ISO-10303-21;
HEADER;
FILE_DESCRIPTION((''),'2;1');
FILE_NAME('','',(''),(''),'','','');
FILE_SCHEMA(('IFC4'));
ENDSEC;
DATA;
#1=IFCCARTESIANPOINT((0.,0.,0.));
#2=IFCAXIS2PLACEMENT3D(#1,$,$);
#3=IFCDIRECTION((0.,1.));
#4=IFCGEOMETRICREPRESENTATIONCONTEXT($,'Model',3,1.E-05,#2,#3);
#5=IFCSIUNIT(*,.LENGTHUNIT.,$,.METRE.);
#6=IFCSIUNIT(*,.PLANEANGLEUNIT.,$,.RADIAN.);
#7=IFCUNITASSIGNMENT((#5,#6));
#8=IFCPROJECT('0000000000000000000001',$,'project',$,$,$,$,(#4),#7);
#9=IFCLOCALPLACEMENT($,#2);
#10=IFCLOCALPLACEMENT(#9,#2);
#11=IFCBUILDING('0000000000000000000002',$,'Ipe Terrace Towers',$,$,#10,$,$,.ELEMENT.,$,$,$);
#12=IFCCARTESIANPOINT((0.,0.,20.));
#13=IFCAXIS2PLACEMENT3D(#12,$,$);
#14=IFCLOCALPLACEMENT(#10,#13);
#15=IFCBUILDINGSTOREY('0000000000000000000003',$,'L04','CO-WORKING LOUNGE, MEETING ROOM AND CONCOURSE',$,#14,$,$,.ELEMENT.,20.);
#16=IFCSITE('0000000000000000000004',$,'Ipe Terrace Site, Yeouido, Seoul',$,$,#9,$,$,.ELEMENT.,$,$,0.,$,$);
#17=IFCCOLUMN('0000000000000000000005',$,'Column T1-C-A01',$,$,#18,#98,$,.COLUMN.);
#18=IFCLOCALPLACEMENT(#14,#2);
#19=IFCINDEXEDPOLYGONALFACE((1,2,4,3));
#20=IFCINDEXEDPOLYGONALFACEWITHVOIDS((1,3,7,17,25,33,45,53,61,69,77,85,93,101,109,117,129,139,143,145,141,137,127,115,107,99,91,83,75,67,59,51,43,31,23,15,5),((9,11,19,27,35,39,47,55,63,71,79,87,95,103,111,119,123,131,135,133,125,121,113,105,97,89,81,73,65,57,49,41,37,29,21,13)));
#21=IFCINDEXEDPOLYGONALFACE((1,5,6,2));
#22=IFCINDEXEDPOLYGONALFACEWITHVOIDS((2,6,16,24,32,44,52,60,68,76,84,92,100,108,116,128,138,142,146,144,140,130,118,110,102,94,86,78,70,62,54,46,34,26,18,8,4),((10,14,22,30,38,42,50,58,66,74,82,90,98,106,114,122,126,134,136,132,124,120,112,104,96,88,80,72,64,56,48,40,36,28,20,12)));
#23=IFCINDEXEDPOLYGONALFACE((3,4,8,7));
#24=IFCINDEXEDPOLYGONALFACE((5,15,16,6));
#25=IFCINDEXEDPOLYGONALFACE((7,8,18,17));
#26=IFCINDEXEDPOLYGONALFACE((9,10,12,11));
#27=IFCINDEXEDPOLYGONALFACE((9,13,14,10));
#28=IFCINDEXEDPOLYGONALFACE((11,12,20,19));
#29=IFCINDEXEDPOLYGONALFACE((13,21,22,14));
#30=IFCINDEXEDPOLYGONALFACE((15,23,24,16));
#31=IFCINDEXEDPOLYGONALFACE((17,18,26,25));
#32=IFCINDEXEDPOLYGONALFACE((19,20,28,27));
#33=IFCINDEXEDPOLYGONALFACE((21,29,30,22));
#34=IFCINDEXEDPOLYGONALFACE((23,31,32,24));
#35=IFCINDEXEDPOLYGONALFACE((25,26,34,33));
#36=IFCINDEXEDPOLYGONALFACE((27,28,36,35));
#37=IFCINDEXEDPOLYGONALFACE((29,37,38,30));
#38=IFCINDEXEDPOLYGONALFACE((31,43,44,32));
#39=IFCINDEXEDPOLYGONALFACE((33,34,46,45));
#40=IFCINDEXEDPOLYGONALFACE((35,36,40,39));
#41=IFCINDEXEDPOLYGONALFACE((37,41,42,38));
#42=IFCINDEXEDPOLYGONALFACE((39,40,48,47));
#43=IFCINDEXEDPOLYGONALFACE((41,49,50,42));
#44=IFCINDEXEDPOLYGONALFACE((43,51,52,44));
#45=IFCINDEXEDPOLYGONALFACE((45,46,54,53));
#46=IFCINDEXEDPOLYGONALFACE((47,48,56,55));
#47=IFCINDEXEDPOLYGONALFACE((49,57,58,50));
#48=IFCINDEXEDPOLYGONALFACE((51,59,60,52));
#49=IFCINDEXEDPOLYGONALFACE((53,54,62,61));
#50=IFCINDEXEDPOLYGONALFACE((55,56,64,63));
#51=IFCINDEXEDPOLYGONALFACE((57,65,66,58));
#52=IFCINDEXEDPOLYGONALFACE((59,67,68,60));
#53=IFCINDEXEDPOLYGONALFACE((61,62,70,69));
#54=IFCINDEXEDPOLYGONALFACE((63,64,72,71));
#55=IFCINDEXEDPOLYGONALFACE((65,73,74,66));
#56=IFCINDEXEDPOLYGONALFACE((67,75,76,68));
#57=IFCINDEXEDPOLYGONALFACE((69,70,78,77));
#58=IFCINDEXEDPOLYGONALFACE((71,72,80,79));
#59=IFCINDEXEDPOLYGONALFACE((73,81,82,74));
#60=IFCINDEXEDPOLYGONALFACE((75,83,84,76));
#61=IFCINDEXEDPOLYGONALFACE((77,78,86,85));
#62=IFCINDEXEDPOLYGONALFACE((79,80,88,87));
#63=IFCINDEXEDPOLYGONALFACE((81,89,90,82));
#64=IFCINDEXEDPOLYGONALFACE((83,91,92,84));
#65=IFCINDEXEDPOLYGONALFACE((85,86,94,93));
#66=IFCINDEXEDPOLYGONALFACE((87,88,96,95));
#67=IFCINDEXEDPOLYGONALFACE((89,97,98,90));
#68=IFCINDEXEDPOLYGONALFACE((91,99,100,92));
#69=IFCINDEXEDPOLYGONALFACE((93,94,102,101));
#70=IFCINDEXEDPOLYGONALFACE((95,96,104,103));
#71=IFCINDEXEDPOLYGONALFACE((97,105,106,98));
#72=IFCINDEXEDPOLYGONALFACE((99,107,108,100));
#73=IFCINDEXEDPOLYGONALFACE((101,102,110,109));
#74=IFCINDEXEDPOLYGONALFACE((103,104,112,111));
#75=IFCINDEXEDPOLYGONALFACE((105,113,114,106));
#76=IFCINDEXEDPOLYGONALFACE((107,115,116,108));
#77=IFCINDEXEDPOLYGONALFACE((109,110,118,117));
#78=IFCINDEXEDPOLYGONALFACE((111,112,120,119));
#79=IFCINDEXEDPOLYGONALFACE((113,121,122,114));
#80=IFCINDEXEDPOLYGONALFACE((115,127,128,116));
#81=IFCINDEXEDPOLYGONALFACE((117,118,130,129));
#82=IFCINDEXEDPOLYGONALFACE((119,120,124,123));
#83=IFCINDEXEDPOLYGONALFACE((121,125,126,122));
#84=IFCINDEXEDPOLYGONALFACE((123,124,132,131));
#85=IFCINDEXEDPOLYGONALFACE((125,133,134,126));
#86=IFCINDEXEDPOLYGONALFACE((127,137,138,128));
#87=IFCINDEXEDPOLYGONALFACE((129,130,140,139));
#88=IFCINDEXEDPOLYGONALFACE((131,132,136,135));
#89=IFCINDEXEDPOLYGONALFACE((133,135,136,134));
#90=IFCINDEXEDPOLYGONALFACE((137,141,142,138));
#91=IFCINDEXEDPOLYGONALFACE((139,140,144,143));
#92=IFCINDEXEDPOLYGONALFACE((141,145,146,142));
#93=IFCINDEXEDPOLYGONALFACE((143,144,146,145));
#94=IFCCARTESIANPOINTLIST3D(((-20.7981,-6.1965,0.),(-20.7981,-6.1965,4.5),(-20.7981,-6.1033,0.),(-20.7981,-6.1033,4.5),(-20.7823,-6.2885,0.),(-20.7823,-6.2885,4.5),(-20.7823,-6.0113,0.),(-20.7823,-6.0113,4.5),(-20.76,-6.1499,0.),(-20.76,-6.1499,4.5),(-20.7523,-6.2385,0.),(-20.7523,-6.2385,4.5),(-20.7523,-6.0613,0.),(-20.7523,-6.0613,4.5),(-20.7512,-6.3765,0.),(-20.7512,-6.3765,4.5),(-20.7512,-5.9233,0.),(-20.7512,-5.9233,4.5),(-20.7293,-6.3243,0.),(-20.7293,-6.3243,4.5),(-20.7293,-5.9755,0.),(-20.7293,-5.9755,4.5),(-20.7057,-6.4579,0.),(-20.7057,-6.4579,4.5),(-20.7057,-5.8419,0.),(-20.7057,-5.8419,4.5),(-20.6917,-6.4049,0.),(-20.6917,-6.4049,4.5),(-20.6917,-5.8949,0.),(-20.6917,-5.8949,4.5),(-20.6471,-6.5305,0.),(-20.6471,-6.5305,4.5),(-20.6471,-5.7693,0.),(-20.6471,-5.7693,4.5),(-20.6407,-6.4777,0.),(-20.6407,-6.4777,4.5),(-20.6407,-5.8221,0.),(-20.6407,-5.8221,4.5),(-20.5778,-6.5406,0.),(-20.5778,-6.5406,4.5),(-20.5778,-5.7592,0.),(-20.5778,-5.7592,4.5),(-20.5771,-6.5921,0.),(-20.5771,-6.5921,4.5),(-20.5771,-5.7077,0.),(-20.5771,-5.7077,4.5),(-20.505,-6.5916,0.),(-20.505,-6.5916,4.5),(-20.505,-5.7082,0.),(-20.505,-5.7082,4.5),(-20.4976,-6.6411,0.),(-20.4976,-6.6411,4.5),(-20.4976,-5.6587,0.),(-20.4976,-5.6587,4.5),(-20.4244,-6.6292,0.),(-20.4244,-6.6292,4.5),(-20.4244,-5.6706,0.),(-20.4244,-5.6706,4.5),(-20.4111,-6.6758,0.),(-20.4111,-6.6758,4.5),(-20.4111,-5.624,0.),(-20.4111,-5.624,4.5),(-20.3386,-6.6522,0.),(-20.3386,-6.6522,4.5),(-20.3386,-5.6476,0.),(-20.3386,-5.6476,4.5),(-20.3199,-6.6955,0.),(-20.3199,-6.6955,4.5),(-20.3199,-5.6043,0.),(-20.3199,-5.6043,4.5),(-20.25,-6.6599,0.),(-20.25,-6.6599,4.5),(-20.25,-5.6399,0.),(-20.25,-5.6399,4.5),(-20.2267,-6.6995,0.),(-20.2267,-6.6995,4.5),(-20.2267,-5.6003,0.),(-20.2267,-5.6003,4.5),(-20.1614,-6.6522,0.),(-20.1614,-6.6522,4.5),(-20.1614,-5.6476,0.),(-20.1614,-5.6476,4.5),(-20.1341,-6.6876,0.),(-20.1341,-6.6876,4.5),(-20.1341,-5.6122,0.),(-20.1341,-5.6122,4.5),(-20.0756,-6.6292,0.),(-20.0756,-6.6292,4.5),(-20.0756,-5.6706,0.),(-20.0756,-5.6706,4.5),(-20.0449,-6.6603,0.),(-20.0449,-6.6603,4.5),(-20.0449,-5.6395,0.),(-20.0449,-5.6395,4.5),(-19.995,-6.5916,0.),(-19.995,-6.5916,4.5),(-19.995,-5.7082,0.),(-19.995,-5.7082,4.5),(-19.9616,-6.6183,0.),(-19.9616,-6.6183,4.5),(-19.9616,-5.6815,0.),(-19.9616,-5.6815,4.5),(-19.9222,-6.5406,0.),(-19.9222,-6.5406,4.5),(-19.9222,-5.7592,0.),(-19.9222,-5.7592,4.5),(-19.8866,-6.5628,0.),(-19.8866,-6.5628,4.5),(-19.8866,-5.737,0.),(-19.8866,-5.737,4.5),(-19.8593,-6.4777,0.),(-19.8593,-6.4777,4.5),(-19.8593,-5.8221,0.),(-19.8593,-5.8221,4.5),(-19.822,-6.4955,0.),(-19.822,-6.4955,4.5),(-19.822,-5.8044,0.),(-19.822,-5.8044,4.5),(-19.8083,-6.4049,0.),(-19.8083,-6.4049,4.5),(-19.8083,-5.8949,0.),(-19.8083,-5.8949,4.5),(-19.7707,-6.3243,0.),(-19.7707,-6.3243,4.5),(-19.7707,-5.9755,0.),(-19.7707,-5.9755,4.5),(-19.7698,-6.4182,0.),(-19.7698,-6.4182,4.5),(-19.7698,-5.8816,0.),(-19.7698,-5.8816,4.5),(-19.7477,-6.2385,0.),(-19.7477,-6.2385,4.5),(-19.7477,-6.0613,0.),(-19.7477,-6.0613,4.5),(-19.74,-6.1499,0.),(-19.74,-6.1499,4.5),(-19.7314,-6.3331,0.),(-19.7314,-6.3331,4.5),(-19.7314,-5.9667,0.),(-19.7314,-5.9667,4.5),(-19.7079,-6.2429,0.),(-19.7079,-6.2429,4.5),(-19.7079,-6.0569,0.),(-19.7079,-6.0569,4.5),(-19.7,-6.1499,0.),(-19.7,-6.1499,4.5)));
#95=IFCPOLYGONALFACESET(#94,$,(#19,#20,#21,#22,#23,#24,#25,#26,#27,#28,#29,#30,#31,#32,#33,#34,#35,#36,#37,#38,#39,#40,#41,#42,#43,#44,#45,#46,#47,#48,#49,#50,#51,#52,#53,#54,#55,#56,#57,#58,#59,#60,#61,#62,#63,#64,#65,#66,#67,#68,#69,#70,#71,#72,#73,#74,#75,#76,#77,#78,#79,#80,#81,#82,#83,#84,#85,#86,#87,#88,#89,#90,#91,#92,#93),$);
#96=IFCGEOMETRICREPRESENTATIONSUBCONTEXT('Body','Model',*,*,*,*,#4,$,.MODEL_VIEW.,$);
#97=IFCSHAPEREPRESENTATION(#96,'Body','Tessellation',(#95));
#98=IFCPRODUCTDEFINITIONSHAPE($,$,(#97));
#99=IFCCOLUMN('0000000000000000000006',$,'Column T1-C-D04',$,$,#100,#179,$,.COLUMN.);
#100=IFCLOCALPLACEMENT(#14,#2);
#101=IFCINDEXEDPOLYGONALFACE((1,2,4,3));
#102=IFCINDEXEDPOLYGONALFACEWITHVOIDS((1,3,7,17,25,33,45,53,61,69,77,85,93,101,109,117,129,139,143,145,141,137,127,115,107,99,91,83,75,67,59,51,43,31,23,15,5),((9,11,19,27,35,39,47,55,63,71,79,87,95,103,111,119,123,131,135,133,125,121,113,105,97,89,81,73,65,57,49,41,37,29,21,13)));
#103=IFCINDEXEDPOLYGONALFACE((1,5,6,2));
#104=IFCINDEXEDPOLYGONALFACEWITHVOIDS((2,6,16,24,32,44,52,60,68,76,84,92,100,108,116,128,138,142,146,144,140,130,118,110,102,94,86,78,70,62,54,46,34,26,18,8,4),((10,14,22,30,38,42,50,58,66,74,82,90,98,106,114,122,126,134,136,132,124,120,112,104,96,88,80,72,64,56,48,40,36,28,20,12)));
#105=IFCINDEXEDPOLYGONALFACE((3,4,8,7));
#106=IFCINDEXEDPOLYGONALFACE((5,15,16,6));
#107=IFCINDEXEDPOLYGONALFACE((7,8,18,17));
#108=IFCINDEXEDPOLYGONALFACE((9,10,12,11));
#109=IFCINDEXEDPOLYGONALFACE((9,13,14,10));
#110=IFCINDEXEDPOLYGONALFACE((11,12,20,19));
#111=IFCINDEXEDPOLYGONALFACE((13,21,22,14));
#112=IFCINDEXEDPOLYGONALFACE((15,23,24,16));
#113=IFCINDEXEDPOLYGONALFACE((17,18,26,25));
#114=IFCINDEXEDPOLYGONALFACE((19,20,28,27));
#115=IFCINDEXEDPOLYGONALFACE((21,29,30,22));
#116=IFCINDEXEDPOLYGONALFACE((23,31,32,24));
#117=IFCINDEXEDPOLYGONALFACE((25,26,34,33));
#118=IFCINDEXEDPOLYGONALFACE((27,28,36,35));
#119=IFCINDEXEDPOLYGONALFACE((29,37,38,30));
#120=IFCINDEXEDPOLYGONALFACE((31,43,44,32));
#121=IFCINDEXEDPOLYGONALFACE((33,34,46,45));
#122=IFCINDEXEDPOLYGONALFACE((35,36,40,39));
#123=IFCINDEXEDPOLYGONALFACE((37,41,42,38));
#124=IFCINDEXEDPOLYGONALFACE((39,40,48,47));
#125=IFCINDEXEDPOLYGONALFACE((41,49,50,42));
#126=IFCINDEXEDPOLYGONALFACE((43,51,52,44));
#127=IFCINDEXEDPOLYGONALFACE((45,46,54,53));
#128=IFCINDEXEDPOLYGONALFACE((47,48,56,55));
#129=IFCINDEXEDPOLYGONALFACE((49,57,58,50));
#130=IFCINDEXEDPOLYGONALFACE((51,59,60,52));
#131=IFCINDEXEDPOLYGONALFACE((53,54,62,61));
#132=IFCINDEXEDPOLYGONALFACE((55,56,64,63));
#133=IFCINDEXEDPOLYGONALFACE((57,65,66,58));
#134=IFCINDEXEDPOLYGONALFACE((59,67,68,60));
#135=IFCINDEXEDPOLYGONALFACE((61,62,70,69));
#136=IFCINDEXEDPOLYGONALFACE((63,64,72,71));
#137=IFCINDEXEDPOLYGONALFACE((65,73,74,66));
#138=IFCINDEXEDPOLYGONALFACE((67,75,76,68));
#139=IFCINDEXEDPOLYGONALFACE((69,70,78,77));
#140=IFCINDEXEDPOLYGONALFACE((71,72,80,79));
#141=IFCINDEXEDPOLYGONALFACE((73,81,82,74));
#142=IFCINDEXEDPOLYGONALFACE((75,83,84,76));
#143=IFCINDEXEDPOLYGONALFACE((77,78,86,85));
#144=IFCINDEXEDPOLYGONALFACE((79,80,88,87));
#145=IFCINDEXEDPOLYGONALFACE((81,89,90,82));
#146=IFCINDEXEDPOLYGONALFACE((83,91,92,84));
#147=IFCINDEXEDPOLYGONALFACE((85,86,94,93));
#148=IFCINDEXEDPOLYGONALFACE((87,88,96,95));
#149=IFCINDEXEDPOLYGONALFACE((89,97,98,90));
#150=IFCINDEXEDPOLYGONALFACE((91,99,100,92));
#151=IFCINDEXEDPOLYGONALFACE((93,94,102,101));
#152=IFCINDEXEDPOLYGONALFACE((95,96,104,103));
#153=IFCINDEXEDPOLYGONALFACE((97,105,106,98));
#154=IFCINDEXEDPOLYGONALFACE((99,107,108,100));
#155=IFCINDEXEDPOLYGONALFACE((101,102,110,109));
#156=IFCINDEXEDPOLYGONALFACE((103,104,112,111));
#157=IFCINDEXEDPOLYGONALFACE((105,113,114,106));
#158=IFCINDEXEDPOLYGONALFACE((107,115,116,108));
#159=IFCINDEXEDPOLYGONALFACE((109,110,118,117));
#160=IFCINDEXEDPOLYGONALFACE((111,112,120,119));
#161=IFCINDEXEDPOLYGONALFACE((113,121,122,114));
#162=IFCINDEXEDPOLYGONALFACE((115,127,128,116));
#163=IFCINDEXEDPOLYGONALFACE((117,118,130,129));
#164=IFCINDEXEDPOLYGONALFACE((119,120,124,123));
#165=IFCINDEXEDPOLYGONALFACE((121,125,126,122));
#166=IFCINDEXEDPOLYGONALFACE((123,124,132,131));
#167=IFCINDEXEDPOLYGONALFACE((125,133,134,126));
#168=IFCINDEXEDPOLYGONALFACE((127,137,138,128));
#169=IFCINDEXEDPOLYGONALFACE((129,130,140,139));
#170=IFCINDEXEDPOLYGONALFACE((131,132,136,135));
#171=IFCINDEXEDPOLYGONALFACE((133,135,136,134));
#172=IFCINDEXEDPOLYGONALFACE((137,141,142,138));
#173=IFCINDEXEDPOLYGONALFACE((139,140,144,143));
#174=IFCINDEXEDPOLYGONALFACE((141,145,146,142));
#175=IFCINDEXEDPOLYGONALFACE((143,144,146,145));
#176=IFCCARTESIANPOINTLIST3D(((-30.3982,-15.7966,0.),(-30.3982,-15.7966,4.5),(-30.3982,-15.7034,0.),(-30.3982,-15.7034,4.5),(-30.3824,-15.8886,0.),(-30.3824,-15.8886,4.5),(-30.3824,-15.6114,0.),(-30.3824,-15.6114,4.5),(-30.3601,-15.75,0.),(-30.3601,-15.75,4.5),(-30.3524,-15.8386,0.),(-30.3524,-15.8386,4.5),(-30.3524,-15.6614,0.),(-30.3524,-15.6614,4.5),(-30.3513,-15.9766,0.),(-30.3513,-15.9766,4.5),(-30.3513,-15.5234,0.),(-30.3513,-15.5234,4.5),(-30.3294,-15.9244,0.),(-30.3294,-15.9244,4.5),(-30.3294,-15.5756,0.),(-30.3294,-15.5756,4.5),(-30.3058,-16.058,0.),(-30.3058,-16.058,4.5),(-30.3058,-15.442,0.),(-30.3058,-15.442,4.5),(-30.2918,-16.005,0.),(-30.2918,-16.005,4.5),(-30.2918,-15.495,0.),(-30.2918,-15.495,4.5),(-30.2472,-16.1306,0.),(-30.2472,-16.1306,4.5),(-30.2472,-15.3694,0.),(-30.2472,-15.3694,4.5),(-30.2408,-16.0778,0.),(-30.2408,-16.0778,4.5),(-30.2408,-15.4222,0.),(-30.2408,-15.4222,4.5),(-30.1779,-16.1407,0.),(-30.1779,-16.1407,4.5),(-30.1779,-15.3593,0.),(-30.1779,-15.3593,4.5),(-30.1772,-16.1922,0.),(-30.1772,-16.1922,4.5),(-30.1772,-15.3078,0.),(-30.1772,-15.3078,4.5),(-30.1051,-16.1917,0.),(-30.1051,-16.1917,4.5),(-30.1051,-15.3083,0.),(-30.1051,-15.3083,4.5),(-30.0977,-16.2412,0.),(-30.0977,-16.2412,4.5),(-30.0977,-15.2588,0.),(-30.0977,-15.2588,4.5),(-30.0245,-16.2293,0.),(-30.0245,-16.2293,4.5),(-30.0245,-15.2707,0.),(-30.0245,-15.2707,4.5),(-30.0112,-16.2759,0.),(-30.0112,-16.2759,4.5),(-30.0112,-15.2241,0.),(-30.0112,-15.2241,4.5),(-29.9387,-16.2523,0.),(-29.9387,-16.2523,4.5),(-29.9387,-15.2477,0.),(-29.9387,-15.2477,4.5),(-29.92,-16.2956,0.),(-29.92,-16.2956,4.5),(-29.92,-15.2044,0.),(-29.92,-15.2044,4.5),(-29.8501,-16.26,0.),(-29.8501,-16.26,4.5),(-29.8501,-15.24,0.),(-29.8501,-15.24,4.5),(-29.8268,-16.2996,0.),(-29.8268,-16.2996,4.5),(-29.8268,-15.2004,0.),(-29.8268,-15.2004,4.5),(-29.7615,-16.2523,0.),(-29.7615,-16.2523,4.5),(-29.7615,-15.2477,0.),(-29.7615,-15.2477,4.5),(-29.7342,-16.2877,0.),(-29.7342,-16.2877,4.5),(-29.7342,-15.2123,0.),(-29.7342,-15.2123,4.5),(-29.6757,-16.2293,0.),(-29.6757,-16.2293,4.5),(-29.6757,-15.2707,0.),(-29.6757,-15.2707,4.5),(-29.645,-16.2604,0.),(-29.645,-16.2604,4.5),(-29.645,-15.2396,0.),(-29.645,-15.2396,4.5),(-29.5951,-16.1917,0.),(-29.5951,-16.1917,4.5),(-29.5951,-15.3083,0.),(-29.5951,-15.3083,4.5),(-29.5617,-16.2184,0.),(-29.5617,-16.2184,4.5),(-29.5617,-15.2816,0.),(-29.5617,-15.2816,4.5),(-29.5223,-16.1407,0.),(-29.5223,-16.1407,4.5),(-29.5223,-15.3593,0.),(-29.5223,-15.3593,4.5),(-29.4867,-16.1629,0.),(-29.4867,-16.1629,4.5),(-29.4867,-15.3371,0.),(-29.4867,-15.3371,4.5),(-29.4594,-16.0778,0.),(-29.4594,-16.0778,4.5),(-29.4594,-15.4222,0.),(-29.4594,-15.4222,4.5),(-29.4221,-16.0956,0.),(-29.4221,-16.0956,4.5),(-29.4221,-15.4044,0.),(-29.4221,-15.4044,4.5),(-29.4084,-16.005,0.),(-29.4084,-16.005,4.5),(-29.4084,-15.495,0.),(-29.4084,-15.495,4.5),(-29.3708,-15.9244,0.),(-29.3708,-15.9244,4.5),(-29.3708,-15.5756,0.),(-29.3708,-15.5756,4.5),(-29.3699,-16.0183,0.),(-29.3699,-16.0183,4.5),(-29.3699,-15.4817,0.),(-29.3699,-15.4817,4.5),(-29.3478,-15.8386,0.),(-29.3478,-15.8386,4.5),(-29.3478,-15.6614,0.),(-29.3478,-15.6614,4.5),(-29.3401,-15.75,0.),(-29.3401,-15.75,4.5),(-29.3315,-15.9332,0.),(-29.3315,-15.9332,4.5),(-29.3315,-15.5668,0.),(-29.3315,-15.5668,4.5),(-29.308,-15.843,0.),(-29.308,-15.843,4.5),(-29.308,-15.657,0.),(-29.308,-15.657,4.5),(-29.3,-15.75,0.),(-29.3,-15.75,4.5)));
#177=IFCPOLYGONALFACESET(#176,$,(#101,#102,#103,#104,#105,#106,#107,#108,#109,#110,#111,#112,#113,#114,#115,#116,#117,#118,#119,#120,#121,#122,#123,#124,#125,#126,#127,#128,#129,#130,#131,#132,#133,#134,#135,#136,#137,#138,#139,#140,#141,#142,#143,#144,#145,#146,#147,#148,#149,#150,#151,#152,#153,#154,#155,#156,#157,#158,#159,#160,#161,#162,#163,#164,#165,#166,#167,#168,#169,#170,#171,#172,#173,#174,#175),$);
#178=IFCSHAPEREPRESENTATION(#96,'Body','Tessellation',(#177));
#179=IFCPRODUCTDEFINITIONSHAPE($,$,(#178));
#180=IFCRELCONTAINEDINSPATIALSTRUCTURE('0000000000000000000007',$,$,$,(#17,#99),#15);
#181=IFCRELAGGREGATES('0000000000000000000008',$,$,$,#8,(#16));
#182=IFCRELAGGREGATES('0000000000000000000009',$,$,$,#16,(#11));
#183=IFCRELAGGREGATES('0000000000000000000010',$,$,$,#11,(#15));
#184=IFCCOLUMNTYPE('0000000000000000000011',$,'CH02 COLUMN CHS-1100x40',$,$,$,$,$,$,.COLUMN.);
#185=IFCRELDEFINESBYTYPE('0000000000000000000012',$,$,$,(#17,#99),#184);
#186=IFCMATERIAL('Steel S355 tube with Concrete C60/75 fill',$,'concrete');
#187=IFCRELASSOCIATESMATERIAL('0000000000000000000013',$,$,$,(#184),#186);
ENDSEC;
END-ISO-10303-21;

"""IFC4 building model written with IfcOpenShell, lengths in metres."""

from ifc_helpers import new_model, si_unit, direction, frame, origin, origin_2d, place, context, subcontext, project, spatial, hollow_circle, extrude, material, material_profile, profile_set, type_object, element, save


model = new_model("IFC4")

# Units and contexts
model_context = context("Model", 3, precision=1e-05, world=origin(), true_north=direction((0.0, 1.0)))
body_context = subcontext(model_context, "Body", "Model", "MODEL_VIEW")
ifc_project = project(units=[si_unit("LENGTHUNIT", "METRE"), si_unit("PLANEANGLEUNIT", "RADIAN")], contexts=[model_context])

# Site, building, storey
site_placement = place(None, origin())
site = spatial("IfcSite", under=ifc_project, at=site_placement, Name="Ipe Terrace Site, Yeouido, Seoul", CompositionType="ELEMENT", RefElevation=0.0)
building_placement = place(site_placement, origin())
building = spatial("IfcBuilding", under=site, at=building_placement, Name="Ipe Terrace Towers", CompositionType="ELEMENT")
storey_placement = place(building_placement, frame((0.0, 0.0, 20.0)))
storey = spatial("IfcBuildingStorey", under=building, at=storey_placement, Name="L04", Description="CO-WORKING LOUNGE, MEETING ROOM AND CONCOURSE", CompositionType="ELEMENT", Elevation=20.0)

# Columns
ifc_material_1 = material(Name="Steel S355 tube with Concrete C60/75 fill", Category="concrete")
ifc_material_profile_1 = material_profile(ifc_material_1, hollow_circle(Radius=0.55, WallThickness=0.04, at=origin_2d()), Name="CHS-1100x40")
ifc_profile_set_1 = profile_set([ifc_material_profile_1], Name="Steel S355 tube with Concrete C60/75 fill")
column_type_1 = type_object("IfcColumnType", Name="CH02 COLUMN CHS-1100x40", PredefinedType="COLUMN", material=ifc_profile_set_1)
for number, where, z_axis, x_axis, name in (
    (1, (-20.25, -6.1499, 0.0), (0.0, 0.0, 1.0), (1.0, 0.0, 0.0), "Column T1-C-A01"),
    (2, (-29.8501, -15.75, 0.0), (0.0, 0.0, 1.0), (1.0, 0.0, 0.0), "Column T1-C-D04"),
):
    element("IfcColumn", number, at=place(storey_placement, frame(where, z_axis=z_axis, x_axis=x_axis)), inside=storey, type_object=column_type_1, Name=name, PredefinedType="COLUMN", context=body_context, shape_type="SweptSolid", body=[
        extrude(hollow_circle(Radius=0.55, WallThickness=0.04, at=origin_2d()), origin(), (0.0, 0.0, 1.0), 4.5),
    ])

save(model, "model.ifc")
